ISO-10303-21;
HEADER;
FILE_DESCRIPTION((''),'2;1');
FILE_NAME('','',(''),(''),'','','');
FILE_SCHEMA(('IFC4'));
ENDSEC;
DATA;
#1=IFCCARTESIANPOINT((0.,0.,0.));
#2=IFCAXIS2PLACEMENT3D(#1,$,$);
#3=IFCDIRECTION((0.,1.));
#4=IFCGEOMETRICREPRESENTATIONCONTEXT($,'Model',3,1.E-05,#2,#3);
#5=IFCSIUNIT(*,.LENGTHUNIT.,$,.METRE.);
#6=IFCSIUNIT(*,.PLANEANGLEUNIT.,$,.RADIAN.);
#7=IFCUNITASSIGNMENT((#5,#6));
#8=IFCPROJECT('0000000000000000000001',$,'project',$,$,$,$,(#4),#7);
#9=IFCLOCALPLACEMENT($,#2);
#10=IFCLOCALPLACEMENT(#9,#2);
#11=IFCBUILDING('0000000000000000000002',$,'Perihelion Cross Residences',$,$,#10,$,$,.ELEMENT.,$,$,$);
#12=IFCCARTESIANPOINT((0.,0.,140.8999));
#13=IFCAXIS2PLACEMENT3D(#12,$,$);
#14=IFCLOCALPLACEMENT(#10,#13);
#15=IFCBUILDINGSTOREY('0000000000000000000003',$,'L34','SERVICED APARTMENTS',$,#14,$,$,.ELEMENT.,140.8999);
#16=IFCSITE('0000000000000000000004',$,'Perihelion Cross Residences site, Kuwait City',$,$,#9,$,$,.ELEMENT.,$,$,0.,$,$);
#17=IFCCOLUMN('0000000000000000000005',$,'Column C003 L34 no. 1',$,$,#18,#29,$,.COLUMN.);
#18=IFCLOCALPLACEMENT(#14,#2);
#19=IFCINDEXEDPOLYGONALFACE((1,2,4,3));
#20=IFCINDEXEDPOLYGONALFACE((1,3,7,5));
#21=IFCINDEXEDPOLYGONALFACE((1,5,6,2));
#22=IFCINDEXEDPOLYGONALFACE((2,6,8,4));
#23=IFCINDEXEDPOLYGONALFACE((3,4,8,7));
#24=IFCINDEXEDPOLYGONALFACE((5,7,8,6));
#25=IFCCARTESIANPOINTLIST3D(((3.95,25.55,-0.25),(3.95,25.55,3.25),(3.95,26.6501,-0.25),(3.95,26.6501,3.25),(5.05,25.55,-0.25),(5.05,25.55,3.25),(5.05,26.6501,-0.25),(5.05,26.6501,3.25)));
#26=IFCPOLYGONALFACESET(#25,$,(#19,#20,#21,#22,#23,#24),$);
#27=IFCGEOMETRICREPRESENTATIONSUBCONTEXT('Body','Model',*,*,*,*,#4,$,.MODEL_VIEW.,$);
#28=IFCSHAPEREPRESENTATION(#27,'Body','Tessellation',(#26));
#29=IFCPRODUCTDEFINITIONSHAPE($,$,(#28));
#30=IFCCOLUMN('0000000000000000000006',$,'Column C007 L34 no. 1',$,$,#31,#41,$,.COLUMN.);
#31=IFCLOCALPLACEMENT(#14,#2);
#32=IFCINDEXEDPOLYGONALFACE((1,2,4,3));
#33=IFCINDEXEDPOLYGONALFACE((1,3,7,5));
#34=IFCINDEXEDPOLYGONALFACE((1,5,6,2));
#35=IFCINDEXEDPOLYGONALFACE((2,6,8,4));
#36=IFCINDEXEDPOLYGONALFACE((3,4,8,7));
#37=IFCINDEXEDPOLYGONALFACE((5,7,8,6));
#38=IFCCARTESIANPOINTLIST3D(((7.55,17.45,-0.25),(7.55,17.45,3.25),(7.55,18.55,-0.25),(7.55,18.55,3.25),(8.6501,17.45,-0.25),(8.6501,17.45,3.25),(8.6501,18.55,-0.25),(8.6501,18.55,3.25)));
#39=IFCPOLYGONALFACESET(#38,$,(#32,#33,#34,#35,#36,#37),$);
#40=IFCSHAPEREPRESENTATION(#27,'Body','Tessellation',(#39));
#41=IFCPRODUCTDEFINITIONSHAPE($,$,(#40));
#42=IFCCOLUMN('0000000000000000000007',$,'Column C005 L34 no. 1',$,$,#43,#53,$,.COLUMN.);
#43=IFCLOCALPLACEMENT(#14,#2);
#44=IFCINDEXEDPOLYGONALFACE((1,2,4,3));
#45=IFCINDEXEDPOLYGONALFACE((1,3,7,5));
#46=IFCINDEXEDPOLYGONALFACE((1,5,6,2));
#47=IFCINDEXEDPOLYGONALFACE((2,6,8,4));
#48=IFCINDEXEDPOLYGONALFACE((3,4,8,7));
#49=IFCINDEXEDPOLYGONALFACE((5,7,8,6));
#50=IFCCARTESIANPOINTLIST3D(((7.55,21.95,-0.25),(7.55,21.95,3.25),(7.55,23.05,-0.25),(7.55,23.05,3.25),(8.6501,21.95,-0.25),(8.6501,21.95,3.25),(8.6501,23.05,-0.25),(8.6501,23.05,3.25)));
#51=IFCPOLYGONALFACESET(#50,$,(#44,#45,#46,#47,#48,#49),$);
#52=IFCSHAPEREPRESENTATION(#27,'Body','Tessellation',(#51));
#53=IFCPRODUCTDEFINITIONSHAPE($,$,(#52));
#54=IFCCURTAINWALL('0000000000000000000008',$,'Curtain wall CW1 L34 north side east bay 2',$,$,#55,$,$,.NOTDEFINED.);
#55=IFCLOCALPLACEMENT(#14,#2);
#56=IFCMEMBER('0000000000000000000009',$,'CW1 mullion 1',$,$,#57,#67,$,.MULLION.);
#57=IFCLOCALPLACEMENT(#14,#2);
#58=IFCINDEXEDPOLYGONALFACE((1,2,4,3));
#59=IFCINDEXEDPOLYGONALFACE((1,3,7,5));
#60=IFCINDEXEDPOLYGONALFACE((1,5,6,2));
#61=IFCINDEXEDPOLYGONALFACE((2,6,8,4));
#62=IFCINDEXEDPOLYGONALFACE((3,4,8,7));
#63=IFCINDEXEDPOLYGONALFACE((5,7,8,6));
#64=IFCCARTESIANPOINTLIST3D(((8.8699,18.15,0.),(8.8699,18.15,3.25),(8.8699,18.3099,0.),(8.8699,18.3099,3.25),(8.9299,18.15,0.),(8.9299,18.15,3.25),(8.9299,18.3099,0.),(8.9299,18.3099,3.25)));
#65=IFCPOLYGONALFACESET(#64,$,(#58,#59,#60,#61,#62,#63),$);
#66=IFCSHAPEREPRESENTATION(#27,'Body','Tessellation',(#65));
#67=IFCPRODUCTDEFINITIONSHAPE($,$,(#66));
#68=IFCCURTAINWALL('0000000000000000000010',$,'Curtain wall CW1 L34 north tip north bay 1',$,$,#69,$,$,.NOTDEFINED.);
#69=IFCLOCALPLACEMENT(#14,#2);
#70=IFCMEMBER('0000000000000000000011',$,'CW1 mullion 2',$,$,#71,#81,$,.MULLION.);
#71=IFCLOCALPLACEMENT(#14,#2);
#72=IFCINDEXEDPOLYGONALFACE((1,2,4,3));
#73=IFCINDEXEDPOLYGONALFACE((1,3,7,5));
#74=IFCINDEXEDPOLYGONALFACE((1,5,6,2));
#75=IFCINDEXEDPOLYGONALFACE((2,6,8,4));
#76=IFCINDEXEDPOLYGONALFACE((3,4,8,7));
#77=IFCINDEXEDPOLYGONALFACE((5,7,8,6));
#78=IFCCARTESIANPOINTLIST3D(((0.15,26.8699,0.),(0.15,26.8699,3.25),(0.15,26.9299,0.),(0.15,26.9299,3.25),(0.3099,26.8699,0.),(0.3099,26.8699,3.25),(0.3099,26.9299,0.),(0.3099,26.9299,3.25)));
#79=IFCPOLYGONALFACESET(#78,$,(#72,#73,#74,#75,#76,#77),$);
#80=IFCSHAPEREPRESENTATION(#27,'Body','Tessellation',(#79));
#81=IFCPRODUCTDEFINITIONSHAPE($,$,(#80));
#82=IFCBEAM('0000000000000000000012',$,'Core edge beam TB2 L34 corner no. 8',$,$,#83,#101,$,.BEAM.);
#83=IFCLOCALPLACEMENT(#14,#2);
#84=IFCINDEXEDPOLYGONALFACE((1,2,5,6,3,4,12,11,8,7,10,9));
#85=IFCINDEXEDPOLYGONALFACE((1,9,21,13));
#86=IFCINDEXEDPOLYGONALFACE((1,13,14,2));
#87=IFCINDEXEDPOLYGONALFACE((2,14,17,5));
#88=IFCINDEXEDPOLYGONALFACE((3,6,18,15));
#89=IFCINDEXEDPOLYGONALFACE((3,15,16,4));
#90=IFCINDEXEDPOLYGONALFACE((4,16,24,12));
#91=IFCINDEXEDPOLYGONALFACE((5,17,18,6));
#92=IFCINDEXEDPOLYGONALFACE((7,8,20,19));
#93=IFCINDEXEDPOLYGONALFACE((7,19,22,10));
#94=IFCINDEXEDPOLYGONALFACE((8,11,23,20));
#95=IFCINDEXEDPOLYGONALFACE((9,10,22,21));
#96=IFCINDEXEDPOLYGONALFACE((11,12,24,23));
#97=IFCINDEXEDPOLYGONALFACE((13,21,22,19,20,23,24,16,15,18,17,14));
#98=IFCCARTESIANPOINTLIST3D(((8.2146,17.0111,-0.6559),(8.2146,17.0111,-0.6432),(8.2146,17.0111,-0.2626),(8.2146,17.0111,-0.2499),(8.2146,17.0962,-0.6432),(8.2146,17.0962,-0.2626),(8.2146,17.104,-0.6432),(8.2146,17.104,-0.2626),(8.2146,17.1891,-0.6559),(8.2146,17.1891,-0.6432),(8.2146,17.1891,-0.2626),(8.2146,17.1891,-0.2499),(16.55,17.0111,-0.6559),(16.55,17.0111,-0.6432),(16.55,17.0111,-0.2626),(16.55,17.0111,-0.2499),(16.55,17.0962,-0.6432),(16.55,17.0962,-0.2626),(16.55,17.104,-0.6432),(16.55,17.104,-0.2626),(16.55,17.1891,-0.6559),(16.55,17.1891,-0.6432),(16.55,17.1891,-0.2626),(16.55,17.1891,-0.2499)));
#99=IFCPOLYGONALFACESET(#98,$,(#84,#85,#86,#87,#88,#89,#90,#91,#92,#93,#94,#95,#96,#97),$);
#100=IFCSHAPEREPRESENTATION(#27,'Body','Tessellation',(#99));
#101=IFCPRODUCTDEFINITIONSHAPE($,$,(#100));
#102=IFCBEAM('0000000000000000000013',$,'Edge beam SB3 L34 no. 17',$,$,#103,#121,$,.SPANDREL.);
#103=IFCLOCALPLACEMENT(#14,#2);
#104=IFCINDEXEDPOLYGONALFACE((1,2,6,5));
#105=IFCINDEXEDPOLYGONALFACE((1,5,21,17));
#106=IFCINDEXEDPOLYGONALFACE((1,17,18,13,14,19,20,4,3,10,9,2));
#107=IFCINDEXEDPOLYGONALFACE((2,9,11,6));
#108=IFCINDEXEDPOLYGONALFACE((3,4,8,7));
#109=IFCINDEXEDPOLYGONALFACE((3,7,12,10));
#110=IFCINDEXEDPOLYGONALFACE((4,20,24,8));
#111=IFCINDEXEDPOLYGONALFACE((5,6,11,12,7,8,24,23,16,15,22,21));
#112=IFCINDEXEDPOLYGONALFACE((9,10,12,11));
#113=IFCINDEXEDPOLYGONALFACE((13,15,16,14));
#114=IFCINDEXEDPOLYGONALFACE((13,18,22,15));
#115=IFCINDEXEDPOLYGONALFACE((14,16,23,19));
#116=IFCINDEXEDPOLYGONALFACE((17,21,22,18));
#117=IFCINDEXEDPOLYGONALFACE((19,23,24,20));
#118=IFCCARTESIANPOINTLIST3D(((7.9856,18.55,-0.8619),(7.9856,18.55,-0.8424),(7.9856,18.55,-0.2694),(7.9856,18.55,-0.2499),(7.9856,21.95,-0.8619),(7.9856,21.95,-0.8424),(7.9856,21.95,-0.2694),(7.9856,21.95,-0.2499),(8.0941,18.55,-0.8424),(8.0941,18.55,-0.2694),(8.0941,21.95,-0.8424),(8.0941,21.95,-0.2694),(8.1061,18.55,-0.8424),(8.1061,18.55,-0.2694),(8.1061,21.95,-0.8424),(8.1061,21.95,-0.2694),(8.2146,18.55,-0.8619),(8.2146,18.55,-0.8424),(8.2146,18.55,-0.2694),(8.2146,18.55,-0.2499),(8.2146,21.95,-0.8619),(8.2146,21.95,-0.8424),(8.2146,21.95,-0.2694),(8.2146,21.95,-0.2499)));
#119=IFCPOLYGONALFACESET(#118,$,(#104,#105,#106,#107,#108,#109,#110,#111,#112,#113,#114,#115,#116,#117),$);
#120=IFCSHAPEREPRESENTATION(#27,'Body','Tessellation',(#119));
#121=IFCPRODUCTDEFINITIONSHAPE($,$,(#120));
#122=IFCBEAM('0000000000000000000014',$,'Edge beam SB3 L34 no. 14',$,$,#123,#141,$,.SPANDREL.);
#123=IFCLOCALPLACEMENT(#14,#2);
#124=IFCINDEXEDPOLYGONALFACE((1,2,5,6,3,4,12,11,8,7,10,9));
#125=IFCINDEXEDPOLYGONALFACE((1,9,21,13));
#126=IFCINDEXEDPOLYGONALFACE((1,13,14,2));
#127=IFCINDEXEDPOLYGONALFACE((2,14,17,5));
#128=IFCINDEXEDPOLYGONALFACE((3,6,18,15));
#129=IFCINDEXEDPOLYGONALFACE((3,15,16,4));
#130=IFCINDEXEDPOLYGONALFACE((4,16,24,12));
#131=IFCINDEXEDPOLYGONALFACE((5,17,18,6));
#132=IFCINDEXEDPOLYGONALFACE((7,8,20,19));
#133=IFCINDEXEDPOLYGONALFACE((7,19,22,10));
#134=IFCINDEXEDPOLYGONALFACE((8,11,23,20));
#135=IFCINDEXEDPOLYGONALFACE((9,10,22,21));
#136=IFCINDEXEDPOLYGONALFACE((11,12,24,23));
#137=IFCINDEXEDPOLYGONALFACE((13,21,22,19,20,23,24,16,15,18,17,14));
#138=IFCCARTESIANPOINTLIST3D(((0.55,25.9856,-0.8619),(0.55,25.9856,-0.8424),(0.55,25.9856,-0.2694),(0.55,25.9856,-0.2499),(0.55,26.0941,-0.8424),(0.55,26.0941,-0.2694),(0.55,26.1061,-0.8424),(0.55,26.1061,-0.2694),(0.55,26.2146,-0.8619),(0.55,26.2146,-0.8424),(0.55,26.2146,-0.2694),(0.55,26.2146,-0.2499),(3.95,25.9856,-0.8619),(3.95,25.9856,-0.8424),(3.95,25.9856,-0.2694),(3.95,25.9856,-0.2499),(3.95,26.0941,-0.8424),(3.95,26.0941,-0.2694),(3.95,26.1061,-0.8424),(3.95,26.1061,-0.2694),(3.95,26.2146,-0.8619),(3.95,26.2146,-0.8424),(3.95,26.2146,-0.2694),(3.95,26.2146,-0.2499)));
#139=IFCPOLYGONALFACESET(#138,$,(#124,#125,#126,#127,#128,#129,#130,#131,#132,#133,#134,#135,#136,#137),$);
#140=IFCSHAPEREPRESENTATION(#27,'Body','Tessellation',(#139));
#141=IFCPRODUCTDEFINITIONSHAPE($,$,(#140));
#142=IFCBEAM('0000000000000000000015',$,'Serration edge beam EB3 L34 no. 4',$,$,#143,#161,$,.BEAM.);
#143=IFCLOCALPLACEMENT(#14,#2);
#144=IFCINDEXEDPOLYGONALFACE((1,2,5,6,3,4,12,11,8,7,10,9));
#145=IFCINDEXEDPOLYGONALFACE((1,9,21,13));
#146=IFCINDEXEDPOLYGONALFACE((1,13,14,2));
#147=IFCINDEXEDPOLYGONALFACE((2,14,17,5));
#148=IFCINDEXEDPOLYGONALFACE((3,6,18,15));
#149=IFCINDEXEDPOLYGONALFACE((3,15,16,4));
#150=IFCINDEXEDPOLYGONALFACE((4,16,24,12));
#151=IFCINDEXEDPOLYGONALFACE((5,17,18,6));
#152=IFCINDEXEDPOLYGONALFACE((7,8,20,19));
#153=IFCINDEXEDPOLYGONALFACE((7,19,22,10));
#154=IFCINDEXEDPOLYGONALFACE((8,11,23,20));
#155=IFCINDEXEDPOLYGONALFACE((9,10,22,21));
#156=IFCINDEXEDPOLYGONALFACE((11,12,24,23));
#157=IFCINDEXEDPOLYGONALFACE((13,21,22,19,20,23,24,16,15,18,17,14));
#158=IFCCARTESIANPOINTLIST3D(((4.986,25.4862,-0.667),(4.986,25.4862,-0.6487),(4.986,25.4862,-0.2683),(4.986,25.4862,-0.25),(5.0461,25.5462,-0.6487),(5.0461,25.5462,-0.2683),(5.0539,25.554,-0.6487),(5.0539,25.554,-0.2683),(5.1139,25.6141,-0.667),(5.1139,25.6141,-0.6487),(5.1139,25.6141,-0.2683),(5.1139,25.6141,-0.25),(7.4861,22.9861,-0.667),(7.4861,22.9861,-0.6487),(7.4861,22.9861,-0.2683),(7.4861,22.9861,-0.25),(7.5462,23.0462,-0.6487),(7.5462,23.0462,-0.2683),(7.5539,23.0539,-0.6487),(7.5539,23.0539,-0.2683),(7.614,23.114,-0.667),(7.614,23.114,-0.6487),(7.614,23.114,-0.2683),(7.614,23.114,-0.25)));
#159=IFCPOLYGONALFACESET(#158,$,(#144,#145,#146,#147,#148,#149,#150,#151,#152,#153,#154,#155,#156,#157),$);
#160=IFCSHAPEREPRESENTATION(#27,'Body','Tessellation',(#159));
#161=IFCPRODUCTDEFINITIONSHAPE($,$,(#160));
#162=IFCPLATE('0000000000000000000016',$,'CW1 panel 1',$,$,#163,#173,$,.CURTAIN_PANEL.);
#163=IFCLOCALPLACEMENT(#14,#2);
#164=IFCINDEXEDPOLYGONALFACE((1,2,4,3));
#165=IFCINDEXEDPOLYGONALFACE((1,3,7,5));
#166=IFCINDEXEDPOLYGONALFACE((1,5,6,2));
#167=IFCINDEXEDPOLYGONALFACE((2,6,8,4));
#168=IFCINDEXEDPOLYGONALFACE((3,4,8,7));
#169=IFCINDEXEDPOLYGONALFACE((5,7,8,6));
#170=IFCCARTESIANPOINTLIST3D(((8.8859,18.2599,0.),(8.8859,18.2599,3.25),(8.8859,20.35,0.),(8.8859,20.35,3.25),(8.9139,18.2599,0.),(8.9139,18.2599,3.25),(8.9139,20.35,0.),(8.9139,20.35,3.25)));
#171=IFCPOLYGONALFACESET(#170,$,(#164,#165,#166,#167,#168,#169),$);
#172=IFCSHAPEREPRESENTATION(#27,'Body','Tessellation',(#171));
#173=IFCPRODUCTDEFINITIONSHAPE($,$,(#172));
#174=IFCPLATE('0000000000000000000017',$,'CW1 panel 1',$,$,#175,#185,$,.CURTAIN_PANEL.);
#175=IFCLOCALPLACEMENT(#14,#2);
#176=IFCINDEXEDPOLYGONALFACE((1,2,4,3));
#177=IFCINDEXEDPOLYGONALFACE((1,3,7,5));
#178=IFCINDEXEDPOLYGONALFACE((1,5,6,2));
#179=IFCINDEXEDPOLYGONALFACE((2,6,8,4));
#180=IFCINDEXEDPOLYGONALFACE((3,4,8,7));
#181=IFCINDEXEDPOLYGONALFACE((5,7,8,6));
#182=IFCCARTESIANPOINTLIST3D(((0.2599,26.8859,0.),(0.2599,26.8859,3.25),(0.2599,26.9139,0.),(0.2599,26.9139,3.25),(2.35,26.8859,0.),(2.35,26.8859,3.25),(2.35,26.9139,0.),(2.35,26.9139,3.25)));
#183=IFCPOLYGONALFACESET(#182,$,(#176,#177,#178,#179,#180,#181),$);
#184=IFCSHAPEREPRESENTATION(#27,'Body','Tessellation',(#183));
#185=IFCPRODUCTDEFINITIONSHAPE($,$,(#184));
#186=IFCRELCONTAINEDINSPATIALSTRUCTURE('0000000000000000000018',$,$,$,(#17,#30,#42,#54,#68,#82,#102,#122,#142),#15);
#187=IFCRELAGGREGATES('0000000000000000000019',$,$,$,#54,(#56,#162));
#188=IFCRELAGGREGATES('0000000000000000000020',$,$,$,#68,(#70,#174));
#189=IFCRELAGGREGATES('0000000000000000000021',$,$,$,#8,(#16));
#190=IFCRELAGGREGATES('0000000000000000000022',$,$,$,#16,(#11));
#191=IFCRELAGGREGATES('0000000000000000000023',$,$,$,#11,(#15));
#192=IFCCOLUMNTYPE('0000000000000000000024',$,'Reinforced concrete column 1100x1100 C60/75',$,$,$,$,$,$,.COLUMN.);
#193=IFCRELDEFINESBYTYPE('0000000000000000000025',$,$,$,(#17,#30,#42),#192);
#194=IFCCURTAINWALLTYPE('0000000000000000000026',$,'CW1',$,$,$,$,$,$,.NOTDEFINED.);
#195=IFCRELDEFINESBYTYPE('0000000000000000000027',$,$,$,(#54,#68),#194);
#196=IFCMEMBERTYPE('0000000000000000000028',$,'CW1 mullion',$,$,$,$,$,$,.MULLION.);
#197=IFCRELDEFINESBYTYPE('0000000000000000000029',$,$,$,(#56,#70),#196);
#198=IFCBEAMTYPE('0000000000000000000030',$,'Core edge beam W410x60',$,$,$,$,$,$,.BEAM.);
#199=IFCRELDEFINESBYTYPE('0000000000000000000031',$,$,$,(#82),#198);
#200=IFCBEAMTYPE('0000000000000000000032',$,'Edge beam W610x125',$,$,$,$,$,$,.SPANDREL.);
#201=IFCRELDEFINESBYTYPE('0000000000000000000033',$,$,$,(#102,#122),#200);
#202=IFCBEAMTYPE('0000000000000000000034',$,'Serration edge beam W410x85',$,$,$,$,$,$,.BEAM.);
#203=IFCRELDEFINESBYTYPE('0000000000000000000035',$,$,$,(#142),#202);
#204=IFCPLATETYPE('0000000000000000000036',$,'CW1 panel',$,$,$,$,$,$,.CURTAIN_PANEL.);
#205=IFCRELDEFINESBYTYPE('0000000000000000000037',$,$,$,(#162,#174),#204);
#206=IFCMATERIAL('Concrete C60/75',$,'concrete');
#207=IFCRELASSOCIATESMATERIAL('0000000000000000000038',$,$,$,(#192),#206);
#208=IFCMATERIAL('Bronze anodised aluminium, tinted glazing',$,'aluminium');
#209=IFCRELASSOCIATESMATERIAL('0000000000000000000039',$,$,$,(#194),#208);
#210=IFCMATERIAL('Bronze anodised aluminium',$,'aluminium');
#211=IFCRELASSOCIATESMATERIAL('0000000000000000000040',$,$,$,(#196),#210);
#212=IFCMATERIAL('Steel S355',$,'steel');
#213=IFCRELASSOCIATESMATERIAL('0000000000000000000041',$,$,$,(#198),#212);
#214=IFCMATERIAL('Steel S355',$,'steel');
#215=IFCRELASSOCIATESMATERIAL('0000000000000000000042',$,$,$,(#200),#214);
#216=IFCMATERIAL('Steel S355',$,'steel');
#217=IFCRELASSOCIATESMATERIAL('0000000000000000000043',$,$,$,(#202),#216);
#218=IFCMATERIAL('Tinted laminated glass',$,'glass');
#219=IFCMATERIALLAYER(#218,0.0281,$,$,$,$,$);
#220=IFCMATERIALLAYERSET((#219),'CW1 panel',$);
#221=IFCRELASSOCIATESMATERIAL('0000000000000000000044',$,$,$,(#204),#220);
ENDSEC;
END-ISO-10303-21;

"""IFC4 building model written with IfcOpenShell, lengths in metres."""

from ifc_helpers import new_model, si_unit, direction, frame, origin, origin_2d, place, context, subcontext, project, spatial, rectangle, i_section, extrude, material, layer, layer_set, material_profile, profile_set, type_object, element, aggregate, save


model = new_model("IFC4")

# Units and contexts
model_context = context("Model", 3, precision=1e-05, world=origin(), true_north=direction((0.0, 1.0)))
body_context = subcontext(model_context, "Body", "Model", "MODEL_VIEW")
ifc_project = project(units=[si_unit("LENGTHUNIT", "METRE"), si_unit("PLANEANGLEUNIT", "RADIAN")], contexts=[model_context])

# Site, building, storey
site_placement = place(None, origin())
site = spatial("IfcSite", under=ifc_project, at=site_placement, Name="Perihelion Cross Residences site, Kuwait City", CompositionType="ELEMENT", RefElevation=0.0)
building_placement = place(site_placement, origin())
building = spatial("IfcBuilding", under=site, at=building_placement, Name="Perihelion Cross Residences", CompositionType="ELEMENT")
storey_placement = place(building_placement, frame((0.0, 0.0, 140.8999)))
storey = spatial("IfcBuildingStorey", under=building, at=storey_placement, Name="L34", Description="SERVICED APARTMENTS", CompositionType="ELEMENT", Elevation=140.8999)

# Columns
ifc_material_1 = material(Name="Concrete C60/75", Category="concrete")
ifc_material_profile_1 = material_profile(ifc_material_1, rectangle(XDim=1.1001, YDim=1.1001, at=origin_2d()), Name="RC 1100x1100")
ifc_profile_set_1 = profile_set([ifc_material_profile_1], Name="Concrete C60/75")
column_type = type_object("IfcColumnType", Name="Reinforced concrete column 1100x1100 C60/75", PredefinedType="COLUMN", material=ifc_profile_set_1)
for number, where, z_axis, x_axis, name in (
    (1, (4.5, 26.1001, -0.25), (0.0, 0.0, 1.0), (1.0, 0.0, 0.0), "Column C003 L34 no. 1"),
    (2, (8.1001, 18.0, -0.25), (0.0, 0.0, 1.0), (1.0, 0.0, 0.0), "Column C007 L34 no. 1"),
    (3, (8.1001, 22.5, -0.25), (0.0, 0.0, 1.0), (1.0, 0.0, 0.0), "Column C005 L34 no. 1"),
):
    element("IfcColumn", number, at=place(storey_placement, frame(where, z_axis=z_axis, x_axis=x_axis)), inside=storey, type_object=column_type, Name=name, PredefinedType="COLUMN", context=body_context, shape_type="SweptSolid", body=[
        extrude(rectangle(XDim=1.1001, YDim=1.1001, at=origin_2d()), origin(), (0.0, 0.0, 1.0), 3.5),
    ])

# Curtain walls, members
ifc_material_2 = material(Name="Bronze anodised aluminium, tinted glazing", Category="aluminium")
curtain_wall_type = type_object("IfcCurtainWallType", Name="CW1", PredefinedType="NOTDEFINED", material=ifc_material_2)
curtain_wall_1_placement = place(storey_placement, origin())
curtain_wall_1 = element("IfcCurtainWall", 4, at=curtain_wall_1_placement, inside=storey, type_object=curtain_wall_type, Name="Curtain wall CW1 L34 north side east bay 2", PredefinedType="NOTDEFINED")
ifc_material_3 = material(Name="Bronze anodised aluminium", Category="aluminium")
ifc_material_profile_2 = material_profile(ifc_material_3, rectangle(XDim=0.0601, YDim=0.1599, at=origin_2d()), Name="CW1 mullion")
ifc_profile_set_2 = profile_set([ifc_material_profile_2], Name="Bronze anodised aluminium")
member_type = type_object("IfcMemberType", Name="CW1 mullion", PredefinedType="MULLION", material=ifc_profile_set_2)
member_1_placement = place(storey_placement, frame((8.8999, 18.23, 0.0), z_axis=(0.0, 0.0, 1.0), x_axis=(-1.0, 0.0, 0.0)))
member_1 = element("IfcMember", 5, at=member_1_placement, type_object=member_type, Name="CW1 mullion 1", PredefinedType="MULLION", context=body_context, shape_type="SweptSolid", body=[
    extrude(rectangle(XDim=0.0601, YDim=0.1599, at=origin_2d()), origin(), (0.0, 0.0, 1.0), 3.25),
])
curtain_wall_2_placement = place(storey_placement, origin())
curtain_wall_2 = element("IfcCurtainWall", 6, at=curtain_wall_2_placement, inside=storey, type_object=curtain_wall_type, Name="Curtain wall CW1 L34 north tip north bay 1", PredefinedType="NOTDEFINED")
member_2_placement = place(storey_placement, frame((0.23, 26.8999, 0.0), z_axis=(0.0, 0.0, 1.0), x_axis=(0.0, -1.0, 0.0)))
member_2 = element("IfcMember", 7, at=member_2_placement, type_object=member_type, Name="CW1 mullion 2", PredefinedType="MULLION", context=body_context, shape_type="SweptSolid", body=[
    extrude(rectangle(XDim=0.0601, YDim=0.1599, at=origin_2d()), origin(), (0.0, 0.0, 1.0), 3.25),
])

# Beams
ifc_material_4 = material(Name="Steel S355", Category="steel")
ifc_material_profile_3 = material_profile(ifc_material_4, i_section(OverallWidth=0.178, OverallDepth=0.406, WebThickness=0.0078, FlangeThickness=0.0127, at=origin_2d()), Name="W410x60")
ifc_profile_set_3 = profile_set([ifc_material_profile_3], Name="Steel S355")
beam_type_1 = type_object("IfcBeamType", Name="Core edge beam W410x60", PredefinedType="BEAM", material=ifc_profile_set_3)
beam_1_placement = place(storey_placement, frame((8.2146, 17.1001, -0.4529), z_axis=(1.0, 0.0, 0.0), x_axis=(0.0, 1.0, 0.0)))
element("IfcBeam", 8, at=beam_1_placement, inside=storey, type_object=beam_type_1, Name="Core edge beam TB2 L34 corner no. 8", PredefinedType="BEAM", context=body_context, shape_type="SweptSolid", body=[
    extrude(i_section(OverallWidth=0.178, OverallDepth=0.406, WebThickness=0.0078, FlangeThickness=0.0127, at=origin_2d()), origin(), (0.0, 0.0, 1.0), 8.3354),
])
ifc_material_5 = material(Name="Steel S355", Category="steel")
ifc_material_profile_4 = material_profile(ifc_material_5, i_section(OverallWidth=0.229, OverallDepth=0.6121, WebThickness=0.012, FlangeThickness=0.0195, at=origin_2d()), Name="W610x125")
ifc_profile_set_4 = profile_set([ifc_material_profile_4], Name="Steel S355")
beam_type_2 = type_object("IfcBeamType", Name="Edge beam W610x125", PredefinedType="SPANDREL", material=ifc_profile_set_4)
for number, where, z_axis, x_axis, name in (
    (9, (8.1001, 18.55, -0.5559), (0.0, 1.0, 0.0), (-1.0, 0.0, 0.0), "Edge beam SB3 L34 no. 17"),
    (10, (3.95, 26.1001, -0.5559), (-1.0, 0.0, 0.0), (0.0, -1.0, 0.0), "Edge beam SB3 L34 no. 14"),
):
    element("IfcBeam", number, at=place(storey_placement, frame(where, z_axis=z_axis, x_axis=x_axis)), inside=storey, type_object=beam_type_2, Name=name, PredefinedType="SPANDREL", context=body_context, shape_type="SweptSolid", body=[
        extrude(i_section(OverallWidth=0.229, OverallDepth=0.6121, WebThickness=0.012, FlangeThickness=0.0195, at=origin_2d()), origin(), (0.0, 0.0, 1.0), 3.3999),
    ])
ifc_material_6 = material(Name="Steel S355", Category="steel")
ifc_material_profile_5 = material_profile(ifc_material_6, i_section(OverallWidth=0.1809, OverallDepth=0.417, WebThickness=0.011, FlangeThickness=0.0183, at=origin_2d()), Name="W410x85")
ifc_profile_set_5 = profile_set([ifc_material_profile_5], Name="Steel S355")
beam_type_3 = type_object("IfcBeamType", Name="Serration edge beam W410x85", PredefinedType="BEAM", material=ifc_profile_set_5)
beam_2_placement = place(storey_placement, frame((7.55, 23.05, -0.4585), z_axis=(-0.707107, 0.707107, 0.0), x_axis=(-0.707107, -0.707107, 0.0)))
element("IfcBeam", 11, at=beam_2_placement, inside=storey, type_object=beam_type_3, Name="Serration edge beam EB3 L34 no. 4", PredefinedType="BEAM", context=body_context, shape_type="SweptSolid", body=[
    extrude(i_section(OverallWidth=0.1809, OverallDepth=0.417, WebThickness=0.011, FlangeThickness=0.0183, at=origin_2d()), origin(), (0.0, 0.0, 1.0), 3.5356),
])

# Plates
ifc_material_7 = material(Name="Tinted laminated glass", Category="glass")
ifc_layer_1 = layer(ifc_material_7, 0.0281)
ifc_layer_set_1 = layer_set([ifc_layer_1], Name="CW1 panel")
plate_type = type_object("IfcPlateType", Name="CW1 panel", PredefinedType="CURTAIN_PANEL", material=ifc_layer_set_1)
plate_1_placement = place(storey_placement, frame((8.8999, 19.3049, 0.0), z_axis=(0.0, 0.0, 1.0), x_axis=(0.0, 1.0, 0.0)))
plate_1 = element("IfcPlate", 12, at=plate_1_placement, type_object=plate_type, Name="CW1 panel 1", PredefinedType="CURTAIN_PANEL", context=body_context, shape_type="SweptSolid", body=[
    extrude(rectangle(XDim=2.0901, YDim=0.0281, at=origin_2d()), origin(), (0.0, 0.0, 1.0), 3.25),
])
aggregate(curtain_wall_1, [member_1, plate_1])
plate_2_placement = place(storey_placement, frame((1.3049, 26.8999, 0.0), z_axis=(0.0, 0.0, 1.0), x_axis=(-1.0, 0.0, 0.0)))
plate_2 = element("IfcPlate", 13, at=plate_2_placement, type_object=plate_type, Name="CW1 panel 1", PredefinedType="CURTAIN_PANEL", context=body_context, shape_type="SweptSolid", body=[
    extrude(rectangle(XDim=2.0901, YDim=0.0281, at=origin_2d()), origin(), (0.0, 0.0, 1.0), 3.25),
])
aggregate(curtain_wall_2, [member_2, plate_2])

save(model, "model.ifc")
